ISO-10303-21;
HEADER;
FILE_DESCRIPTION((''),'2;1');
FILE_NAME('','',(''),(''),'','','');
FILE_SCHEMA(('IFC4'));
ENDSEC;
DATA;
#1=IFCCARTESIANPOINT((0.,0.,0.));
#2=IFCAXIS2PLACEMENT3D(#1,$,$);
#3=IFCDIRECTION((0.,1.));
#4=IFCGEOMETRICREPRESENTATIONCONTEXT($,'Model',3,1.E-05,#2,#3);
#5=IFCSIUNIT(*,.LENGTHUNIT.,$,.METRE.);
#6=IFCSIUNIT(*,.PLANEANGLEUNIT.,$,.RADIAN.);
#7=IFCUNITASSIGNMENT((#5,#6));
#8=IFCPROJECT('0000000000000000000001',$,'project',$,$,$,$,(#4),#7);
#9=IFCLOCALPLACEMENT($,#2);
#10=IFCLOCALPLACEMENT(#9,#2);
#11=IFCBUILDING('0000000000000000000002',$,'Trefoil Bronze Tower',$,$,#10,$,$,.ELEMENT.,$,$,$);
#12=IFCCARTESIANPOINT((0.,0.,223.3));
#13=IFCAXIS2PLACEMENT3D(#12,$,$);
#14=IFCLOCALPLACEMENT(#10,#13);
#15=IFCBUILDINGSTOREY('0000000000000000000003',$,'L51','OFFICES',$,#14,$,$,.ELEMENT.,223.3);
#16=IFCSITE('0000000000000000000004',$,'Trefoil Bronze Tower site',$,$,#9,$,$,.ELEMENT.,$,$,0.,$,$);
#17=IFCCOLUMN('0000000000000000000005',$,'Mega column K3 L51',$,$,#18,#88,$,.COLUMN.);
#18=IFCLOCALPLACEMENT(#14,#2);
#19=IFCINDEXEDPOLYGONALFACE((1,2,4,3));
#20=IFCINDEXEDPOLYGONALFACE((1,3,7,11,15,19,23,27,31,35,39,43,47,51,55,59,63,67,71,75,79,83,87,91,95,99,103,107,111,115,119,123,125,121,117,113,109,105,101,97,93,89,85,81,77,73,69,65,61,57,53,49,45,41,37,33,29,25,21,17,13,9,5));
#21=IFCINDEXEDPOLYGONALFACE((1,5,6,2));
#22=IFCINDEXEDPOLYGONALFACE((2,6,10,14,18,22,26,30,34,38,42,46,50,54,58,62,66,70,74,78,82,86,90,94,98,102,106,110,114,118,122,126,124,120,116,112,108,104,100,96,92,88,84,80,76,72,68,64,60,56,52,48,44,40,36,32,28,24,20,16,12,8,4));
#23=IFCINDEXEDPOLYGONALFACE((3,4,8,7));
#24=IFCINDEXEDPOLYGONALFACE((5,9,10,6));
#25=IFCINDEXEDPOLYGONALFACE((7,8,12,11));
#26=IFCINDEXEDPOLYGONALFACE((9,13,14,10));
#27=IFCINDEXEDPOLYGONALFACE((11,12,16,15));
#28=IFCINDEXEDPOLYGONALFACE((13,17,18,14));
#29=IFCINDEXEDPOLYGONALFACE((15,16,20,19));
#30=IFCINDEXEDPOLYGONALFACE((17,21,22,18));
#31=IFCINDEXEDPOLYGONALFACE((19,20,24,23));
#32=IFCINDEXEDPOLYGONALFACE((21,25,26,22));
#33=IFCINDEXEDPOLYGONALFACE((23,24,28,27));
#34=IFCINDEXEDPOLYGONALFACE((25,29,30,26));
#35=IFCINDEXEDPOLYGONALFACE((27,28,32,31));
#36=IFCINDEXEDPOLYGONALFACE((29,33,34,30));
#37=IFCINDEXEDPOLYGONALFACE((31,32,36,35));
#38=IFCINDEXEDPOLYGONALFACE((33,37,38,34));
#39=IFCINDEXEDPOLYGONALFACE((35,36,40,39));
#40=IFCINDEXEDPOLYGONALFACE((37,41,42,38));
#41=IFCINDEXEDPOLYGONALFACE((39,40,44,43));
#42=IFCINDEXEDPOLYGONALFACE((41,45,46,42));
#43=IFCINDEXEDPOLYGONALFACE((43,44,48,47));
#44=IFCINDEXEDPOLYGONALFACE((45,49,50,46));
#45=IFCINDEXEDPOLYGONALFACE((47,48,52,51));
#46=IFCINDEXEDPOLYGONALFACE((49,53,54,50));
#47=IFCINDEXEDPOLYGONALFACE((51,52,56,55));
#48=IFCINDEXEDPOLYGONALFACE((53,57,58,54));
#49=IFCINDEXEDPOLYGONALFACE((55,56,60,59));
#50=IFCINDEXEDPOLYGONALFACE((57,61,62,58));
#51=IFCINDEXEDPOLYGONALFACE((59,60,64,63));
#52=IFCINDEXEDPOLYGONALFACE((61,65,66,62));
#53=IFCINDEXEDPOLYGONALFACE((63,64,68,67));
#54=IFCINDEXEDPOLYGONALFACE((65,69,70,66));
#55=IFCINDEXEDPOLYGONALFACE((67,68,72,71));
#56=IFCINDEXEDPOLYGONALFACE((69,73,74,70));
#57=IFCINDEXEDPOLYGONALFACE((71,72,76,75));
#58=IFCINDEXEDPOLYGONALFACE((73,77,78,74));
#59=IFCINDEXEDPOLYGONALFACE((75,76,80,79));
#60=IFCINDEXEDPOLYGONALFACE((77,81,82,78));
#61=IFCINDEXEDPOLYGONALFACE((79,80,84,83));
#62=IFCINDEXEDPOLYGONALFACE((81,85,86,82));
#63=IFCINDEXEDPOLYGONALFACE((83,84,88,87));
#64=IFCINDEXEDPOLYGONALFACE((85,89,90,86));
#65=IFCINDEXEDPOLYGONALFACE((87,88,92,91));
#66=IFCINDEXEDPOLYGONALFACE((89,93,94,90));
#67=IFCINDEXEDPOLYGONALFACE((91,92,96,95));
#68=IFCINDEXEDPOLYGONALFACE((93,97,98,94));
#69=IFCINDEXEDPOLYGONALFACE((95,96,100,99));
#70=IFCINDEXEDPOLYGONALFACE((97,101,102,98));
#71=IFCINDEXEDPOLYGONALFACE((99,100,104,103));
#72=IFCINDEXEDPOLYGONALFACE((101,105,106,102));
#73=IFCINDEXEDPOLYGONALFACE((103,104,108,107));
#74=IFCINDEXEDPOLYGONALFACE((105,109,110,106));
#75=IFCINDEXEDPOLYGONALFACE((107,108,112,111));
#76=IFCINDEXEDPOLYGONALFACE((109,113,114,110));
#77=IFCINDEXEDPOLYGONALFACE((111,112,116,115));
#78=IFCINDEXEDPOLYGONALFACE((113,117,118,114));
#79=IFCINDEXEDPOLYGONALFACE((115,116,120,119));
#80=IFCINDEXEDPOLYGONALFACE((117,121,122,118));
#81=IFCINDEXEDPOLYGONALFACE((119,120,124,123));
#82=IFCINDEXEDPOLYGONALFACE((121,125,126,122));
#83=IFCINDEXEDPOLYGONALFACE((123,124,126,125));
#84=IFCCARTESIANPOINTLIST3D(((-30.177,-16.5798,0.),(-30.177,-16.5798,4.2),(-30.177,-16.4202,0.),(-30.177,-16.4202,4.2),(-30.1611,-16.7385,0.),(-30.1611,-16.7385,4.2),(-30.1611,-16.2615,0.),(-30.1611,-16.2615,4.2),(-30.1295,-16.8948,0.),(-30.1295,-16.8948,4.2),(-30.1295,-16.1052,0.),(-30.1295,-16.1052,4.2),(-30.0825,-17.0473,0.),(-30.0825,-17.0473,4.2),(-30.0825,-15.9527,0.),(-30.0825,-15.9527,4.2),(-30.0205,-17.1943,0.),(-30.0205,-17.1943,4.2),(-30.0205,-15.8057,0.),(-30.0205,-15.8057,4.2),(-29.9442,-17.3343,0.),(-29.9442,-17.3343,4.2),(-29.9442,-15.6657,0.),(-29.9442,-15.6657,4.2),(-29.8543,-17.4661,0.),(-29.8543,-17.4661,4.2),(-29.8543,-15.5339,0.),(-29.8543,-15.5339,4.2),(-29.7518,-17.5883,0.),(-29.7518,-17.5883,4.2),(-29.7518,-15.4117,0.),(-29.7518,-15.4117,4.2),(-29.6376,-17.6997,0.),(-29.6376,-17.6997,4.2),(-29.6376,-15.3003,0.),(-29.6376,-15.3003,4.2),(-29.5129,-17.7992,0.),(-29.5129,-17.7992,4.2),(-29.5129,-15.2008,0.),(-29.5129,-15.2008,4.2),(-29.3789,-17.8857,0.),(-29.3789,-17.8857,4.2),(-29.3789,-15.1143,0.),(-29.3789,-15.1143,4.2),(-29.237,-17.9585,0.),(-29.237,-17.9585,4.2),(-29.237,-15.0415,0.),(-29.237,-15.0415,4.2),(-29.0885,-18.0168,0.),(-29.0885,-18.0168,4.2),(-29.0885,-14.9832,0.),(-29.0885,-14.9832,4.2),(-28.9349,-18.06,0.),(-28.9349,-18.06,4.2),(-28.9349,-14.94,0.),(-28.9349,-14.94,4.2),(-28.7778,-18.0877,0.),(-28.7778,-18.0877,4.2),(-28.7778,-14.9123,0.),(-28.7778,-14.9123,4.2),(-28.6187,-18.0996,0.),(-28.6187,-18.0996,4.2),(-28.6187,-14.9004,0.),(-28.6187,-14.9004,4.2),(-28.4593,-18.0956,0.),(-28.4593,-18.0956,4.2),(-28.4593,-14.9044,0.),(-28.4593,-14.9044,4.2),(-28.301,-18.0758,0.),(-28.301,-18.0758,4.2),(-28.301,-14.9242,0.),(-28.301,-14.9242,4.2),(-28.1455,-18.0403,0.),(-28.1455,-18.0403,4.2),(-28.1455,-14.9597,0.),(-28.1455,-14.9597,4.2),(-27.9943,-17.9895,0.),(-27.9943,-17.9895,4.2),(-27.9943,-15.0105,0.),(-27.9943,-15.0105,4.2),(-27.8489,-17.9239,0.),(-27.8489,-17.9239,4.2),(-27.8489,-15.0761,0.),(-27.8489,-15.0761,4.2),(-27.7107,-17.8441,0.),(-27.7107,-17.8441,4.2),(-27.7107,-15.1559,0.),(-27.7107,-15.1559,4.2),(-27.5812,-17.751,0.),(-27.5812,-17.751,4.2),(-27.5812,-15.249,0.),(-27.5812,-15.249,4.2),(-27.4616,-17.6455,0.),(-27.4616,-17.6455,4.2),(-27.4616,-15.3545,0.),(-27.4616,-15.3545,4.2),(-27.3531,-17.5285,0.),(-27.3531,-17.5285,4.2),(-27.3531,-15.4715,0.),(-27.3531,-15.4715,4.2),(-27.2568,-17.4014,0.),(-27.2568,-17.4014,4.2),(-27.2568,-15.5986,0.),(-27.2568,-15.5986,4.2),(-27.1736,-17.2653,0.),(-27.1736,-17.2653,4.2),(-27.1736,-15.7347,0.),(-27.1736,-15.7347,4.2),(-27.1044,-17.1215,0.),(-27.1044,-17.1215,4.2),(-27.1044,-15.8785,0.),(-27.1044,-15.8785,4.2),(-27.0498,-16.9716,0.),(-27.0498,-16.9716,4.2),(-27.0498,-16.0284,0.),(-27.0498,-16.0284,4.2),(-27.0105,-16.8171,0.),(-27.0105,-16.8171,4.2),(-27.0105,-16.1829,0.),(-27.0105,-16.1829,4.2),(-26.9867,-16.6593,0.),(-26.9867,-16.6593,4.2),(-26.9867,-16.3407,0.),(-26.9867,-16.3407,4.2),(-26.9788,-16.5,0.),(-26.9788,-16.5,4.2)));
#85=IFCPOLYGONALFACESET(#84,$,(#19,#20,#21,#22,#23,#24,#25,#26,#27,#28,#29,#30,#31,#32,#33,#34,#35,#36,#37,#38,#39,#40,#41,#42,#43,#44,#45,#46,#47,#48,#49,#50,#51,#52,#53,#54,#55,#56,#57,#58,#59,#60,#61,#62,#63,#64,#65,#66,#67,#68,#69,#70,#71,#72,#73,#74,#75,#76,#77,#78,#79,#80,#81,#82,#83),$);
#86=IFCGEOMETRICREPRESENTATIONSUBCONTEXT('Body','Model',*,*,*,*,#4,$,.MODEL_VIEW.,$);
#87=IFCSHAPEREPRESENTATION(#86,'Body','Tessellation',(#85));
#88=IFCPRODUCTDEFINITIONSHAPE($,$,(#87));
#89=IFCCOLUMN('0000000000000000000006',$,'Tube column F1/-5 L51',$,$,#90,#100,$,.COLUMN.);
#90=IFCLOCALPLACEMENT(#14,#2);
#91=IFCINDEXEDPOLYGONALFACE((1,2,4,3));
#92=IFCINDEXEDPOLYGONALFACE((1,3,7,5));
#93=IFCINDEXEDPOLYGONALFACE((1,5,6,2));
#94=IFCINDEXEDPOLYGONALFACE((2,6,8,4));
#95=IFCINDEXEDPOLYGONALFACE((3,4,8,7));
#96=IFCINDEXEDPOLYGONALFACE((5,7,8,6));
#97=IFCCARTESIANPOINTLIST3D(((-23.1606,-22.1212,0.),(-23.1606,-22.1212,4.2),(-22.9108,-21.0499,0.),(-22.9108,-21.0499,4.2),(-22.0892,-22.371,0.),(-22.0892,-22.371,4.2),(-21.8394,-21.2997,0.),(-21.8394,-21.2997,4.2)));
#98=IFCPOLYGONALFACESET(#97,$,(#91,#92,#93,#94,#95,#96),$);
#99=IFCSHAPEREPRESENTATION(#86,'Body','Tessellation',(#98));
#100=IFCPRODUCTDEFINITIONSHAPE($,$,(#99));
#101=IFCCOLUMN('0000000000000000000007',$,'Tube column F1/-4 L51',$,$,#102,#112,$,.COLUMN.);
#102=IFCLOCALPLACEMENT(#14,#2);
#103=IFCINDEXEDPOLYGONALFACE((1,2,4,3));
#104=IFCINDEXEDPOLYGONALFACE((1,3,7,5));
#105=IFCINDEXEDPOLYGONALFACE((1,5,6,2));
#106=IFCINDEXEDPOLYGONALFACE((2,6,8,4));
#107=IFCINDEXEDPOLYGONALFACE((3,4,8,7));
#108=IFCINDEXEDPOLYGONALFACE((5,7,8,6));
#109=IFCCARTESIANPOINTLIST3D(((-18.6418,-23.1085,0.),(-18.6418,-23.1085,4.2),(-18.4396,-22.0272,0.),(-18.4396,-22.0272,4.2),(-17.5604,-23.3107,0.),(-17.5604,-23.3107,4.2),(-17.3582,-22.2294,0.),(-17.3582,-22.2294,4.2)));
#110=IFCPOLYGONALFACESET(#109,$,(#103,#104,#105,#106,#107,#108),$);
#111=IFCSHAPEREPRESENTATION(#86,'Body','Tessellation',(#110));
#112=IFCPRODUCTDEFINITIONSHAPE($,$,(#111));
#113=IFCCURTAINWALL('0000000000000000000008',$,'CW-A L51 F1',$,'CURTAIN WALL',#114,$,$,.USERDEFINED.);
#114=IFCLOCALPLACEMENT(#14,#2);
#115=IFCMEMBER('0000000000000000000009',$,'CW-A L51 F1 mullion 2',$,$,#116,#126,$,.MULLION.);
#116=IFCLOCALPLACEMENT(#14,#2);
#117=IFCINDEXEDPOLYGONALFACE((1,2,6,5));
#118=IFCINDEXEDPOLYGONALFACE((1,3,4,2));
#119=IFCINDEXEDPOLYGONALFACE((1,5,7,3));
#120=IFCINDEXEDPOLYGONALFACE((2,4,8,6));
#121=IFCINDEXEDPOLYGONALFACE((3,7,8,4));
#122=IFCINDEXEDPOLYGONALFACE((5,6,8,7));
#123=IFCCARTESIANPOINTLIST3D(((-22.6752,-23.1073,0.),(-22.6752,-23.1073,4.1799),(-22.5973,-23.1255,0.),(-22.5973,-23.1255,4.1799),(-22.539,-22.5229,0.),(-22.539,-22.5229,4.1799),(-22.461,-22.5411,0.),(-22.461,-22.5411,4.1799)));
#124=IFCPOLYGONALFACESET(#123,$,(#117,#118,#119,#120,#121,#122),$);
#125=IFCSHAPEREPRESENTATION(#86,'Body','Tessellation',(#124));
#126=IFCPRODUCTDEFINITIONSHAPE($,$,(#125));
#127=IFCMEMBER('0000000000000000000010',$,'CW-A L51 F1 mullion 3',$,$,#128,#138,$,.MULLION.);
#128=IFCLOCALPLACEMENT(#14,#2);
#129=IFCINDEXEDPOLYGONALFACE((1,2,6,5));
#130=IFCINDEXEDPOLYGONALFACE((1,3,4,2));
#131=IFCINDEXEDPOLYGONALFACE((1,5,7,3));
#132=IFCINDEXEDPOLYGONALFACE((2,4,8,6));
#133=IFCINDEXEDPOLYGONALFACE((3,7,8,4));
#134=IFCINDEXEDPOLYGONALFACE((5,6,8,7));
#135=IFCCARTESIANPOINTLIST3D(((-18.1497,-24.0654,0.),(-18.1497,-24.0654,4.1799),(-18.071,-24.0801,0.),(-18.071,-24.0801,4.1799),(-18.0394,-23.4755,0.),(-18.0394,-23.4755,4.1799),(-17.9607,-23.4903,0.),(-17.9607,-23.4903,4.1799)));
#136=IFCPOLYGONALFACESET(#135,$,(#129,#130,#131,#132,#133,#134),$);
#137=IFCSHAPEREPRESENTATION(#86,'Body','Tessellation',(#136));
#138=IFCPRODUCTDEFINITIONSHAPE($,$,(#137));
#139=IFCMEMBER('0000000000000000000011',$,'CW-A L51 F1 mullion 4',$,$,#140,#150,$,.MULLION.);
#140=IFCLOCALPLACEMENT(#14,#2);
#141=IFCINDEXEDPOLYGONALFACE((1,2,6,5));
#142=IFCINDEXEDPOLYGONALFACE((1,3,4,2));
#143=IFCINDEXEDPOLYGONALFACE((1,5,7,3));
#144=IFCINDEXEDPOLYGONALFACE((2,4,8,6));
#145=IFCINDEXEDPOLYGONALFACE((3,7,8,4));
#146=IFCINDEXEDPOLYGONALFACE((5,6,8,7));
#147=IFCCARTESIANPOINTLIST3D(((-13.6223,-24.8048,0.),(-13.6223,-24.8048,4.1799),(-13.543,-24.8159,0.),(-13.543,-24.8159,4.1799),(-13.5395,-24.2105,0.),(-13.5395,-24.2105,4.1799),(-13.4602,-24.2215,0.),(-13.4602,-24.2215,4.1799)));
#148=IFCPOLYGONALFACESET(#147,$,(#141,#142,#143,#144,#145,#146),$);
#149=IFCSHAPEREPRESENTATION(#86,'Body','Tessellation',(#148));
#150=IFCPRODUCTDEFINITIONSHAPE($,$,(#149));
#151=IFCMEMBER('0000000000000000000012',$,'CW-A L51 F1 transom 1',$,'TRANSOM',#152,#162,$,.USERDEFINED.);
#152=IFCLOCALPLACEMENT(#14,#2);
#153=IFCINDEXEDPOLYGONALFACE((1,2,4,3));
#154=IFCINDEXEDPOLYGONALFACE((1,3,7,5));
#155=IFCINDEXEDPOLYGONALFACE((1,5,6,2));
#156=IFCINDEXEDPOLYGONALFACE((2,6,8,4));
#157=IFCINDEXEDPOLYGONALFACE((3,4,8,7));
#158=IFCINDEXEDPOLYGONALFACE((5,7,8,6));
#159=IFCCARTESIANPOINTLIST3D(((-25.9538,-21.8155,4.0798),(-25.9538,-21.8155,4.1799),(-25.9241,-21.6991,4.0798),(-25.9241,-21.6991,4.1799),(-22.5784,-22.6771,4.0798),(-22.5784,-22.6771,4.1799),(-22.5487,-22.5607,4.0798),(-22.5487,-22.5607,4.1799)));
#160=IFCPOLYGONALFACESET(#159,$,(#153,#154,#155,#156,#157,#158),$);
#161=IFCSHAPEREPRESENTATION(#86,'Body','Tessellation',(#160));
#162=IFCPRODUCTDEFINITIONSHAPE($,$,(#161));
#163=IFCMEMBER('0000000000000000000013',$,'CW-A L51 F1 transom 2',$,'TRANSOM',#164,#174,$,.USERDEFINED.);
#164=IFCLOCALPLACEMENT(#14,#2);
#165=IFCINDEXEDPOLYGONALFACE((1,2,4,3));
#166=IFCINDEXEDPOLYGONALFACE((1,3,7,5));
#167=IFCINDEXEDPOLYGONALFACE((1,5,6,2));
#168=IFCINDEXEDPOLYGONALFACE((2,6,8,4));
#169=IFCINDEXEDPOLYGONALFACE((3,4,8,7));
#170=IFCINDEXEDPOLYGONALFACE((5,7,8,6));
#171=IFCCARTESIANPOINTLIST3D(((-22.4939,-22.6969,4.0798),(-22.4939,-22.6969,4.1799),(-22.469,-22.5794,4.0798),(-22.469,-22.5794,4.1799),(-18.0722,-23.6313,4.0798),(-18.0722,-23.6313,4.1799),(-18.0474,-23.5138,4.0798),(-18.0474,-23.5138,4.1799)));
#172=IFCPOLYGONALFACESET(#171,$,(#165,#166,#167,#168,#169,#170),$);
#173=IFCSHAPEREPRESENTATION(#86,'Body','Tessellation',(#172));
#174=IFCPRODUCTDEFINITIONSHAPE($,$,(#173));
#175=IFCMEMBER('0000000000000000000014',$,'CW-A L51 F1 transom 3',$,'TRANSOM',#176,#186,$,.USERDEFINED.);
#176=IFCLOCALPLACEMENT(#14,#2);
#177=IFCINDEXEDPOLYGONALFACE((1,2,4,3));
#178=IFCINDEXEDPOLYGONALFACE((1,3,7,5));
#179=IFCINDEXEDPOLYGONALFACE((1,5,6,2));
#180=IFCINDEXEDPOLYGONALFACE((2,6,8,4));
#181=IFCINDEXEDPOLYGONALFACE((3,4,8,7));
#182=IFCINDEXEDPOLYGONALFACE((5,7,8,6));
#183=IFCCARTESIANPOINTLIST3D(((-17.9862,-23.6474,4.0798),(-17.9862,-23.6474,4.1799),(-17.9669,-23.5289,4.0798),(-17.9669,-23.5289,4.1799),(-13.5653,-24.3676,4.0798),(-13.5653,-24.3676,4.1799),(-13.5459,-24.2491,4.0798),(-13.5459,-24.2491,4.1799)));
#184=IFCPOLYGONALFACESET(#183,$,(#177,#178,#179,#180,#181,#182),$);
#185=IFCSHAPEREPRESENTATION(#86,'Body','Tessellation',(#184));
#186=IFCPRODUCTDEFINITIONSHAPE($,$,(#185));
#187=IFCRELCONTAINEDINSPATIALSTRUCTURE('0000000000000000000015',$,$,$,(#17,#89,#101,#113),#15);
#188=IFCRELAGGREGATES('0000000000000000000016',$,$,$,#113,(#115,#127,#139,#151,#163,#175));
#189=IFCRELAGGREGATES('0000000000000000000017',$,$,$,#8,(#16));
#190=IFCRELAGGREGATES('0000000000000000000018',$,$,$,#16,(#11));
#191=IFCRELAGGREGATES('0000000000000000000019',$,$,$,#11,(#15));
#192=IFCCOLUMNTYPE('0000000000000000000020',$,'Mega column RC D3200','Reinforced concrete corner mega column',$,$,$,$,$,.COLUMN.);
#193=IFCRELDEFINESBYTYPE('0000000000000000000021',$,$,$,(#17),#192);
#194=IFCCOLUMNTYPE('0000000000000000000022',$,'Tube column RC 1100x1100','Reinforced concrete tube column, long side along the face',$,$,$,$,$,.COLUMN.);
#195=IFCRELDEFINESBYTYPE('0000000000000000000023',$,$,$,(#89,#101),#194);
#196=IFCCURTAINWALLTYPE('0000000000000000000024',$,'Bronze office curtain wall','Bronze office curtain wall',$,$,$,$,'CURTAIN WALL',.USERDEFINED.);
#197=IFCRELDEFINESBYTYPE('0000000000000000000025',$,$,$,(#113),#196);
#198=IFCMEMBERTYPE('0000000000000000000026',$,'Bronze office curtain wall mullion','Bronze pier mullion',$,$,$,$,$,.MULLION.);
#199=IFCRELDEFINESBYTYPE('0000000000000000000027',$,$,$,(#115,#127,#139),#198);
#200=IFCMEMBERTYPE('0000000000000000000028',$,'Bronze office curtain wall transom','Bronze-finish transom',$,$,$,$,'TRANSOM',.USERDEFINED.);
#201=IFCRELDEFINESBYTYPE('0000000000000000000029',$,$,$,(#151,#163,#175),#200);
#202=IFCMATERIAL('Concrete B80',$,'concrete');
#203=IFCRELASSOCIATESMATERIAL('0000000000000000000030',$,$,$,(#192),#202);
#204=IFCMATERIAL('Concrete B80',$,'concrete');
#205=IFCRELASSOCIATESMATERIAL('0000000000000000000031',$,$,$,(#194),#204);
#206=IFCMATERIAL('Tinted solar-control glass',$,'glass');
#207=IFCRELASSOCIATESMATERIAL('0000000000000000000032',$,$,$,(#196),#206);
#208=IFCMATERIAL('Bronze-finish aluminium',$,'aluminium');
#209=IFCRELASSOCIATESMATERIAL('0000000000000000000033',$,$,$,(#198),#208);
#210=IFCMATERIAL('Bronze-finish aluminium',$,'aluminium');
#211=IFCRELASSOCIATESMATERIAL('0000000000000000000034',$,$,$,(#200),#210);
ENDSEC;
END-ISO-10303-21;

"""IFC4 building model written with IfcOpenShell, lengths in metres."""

from ifc_helpers import new_model, si_unit, direction, frame, origin, origin_2d, place, context, subcontext, project, spatial, rectangle, circle, extrude, material, material_profile, profile_set, type_object, element, aggregate, save


model = new_model("IFC4")

# Units and contexts
model_context = context("Model", 3, precision=1e-05, world=origin(), true_north=direction((0.0, 1.0)))
body_context = subcontext(model_context, "Body", "Model", "MODEL_VIEW")
ifc_project = project(units=[si_unit("LENGTHUNIT", "METRE"), si_unit("PLANEANGLEUNIT", "RADIAN")], contexts=[model_context])

# Site, building, storey
site_placement = place(None, origin())
site = spatial("IfcSite", under=ifc_project, at=site_placement, Name="Trefoil Bronze Tower site", CompositionType="ELEMENT", RefElevation=0.0)
building_placement = place(site_placement, origin())
building = spatial("IfcBuilding", under=site, at=building_placement, Name="Trefoil Bronze Tower", CompositionType="ELEMENT")
storey_placement = place(building_placement, frame((0.0, 0.0, 223.3)))
storey = spatial("IfcBuildingStorey", under=building, at=storey_placement, Name="L51", Description="OFFICES", CompositionType="ELEMENT", Elevation=223.3)

# Columns
ifc_material_1 = material(Name="Concrete B80", Category="concrete")
ifc_material_profile_1 = material_profile(ifc_material_1, circle(Radius=1.6001, at=origin_2d()), Name="RC D3200")
ifc_profile_set_1 = profile_set([ifc_material_profile_1], Name="Concrete B80")
column_type_1 = type_object("IfcColumnType", Name="Mega column RC D3200", Description="Reinforced concrete corner mega column", PredefinedType="COLUMN", material=ifc_profile_set_1)
column_placement = place(storey_placement, frame((-28.5789, -16.5, 0.0), z_axis=(0.0, 0.0, 1.0), x_axis=(1.0, 0.0, 0.0)))
element("IfcColumn", 1, at=column_placement, inside=storey, type_object=column_type_1, Name="Mega column K3 L51", PredefinedType="COLUMN", context=body_context, shape_type="SweptSolid", body=[
    extrude(circle(Radius=1.6001, at=origin_2d()), origin(), (0.0, 0.0, 1.0), 4.2),
])
ifc_material_2 = material(Name="Concrete B80", Category="concrete")
ifc_material_profile_2 = material_profile(ifc_material_2, rectangle(XDim=1.1001, YDim=1.1001, at=origin_2d()), Name="RC 1100x1100")
ifc_profile_set_2 = profile_set([ifc_material_profile_2], Name="Concrete B80")
column_type_2 = type_object("IfcColumnType", Name="Tube column RC 1100x1100", Description="Reinforced concrete tube column, long side along the face", PredefinedType="COLUMN", material=ifc_profile_set_2)
for number, where, z_axis, x_axis, name in (
    (2, (-22.5, -21.7104, 0.0), (0.0, 0.0, 1.0), (0.973875, -0.227083, 0.0), "Tube column F1/-5 L51"),
    (3, (-18.0, -22.6689, 0.0), (0.0, 0.0, 1.0), (0.982959, -0.183825, 0.0), "Tube column F1/-4 L51"),
):
    element("IfcColumn", number, at=place(storey_placement, frame(where, z_axis=z_axis, x_axis=x_axis)), inside=storey, type_object=column_type_2, Name=name, PredefinedType="COLUMN", context=body_context, shape_type="SweptSolid", body=[
        extrude(rectangle(XDim=1.1001, YDim=1.1001, at=origin_2d()), origin(), (0.0, 0.0, 1.0), 4.2),
    ])

# Curtain wall, members
ifc_material_3 = material(Name="Tinted solar-control glass", Category="glass")
curtain_wall_type_1 = type_object("IfcCurtainWallType", Name="Bronze office curtain wall", Description="Bronze office curtain wall", ElementType="CURTAIN WALL", PredefinedType="USERDEFINED", material=ifc_material_3)
curtain_wall_1_placement = place(storey_placement, origin())
curtain_wall_1 = element("IfcCurtainWall", 4, at=curtain_wall_1_placement, inside=storey, type_object=curtain_wall_type_1, Name="CW-A L51 F1", ObjectType="CURTAIN WALL", PredefinedType="USERDEFINED")
ifc_material_4 = material(Name="Bronze-finish aluminium", Category="aluminium")
ifc_material_profile_3 = material_profile(ifc_material_4, rectangle(XDim=0.6001, YDim=0.0801, at=origin_2d()), Name="CW-A mullion")
ifc_profile_set_3 = profile_set([ifc_material_profile_3], Name="Bronze-finish aluminium")
member_type_1 = type_object("IfcMemberType", Name="Bronze office curtain wall mullion", Description="Bronze pier mullion", PredefinedType="MULLION", material=ifc_profile_set_3)
member_1_placement = place(storey_placement, frame((-22.5681, -22.8242, 0.0), z_axis=(0.0, 0.0, 1.0), x_axis=(0.227083, 0.973875, 0.0)))
member_1 = element("IfcMember", 5, at=member_1_placement, type_object=member_type_1, Name="CW-A L51 F1 mullion 2", PredefinedType="MULLION", context=body_context, shape_type="SweptSolid", body=[
    extrude(rectangle(XDim=0.6001, YDim=0.0801, at=origin_2d()), origin(), (0.0, 0.0, 1.0), 4.1799),
])
member_2_placement = place(storey_placement, frame((-18.0552, -23.7778, 0.0), z_axis=(0.0, 0.0, 1.0), x_axis=(0.183825, 0.982959, 0.0)))
member_2 = element("IfcMember", 6, at=member_2_placement, type_object=member_type_1, Name="CW-A L51 F1 mullion 3", PredefinedType="MULLION", context=body_context, shape_type="SweptSolid", body=[
    extrude(rectangle(XDim=0.6001, YDim=0.0801, at=origin_2d()), origin(), (0.0, 0.0, 1.0), 4.1799),
])
member_3_placement = place(storey_placement, frame((-13.5413, -24.5132, 0.0), z_axis=(0.0, 0.0, 1.0), x_axis=(0.137868, 0.990451, 0.0)))
member_3 = element("IfcMember", 7, at=member_3_placement, type_object=member_type_1, Name="CW-A L51 F1 mullion 4", PredefinedType="MULLION", context=body_context, shape_type="SweptSolid", body=[
    extrude(rectangle(XDim=0.6001, YDim=0.0801, at=origin_2d()), origin(), (0.0, 0.0, 1.0), 4.1799),
])
ifc_material_5 = material(Name="Bronze-finish aluminium", Category="aluminium")
ifc_material_profile_4 = material_profile(ifc_material_5, rectangle(XDim=0.1201, YDim=0.1001, at=origin_2d()), Name="CW-A transom")
ifc_profile_set_4 = profile_set([ifc_material_profile_4], Name="Bronze-finish aluminium")
member_type_2 = type_object("IfcMemberType", Name="Bronze office curtain wall transom", Description="Bronze-finish transom", ElementType="TRANSOM", PredefinedType="USERDEFINED", material=ifc_profile_set_4)
member_4_placement = place(storey_placement, frame((-25.939, -21.7573, 4.1299), z_axis=(0.968935, -0.247315, 0.0), x_axis=(0.247315, 0.968935, 0.0)))
member_4 = element("IfcMember", 8, at=member_4_placement, type_object=member_type_2, Name="CW-A L51 F1 transom 1", ObjectType="TRANSOM", PredefinedType="USERDEFINED", context=body_context, shape_type="SweptSolid", body=[
    extrude(rectangle(XDim=0.1201, YDim=0.1001, at=origin_2d()), origin(), (0.0, 0.0, 1.0), 3.4836),
])
member_5_placement = place(storey_placement, frame((-22.4814, -22.6382, 4.1299), z_axis=(0.978395, -0.206743, 0.0), x_axis=(0.206743, 0.978395, 0.0)))
member_5 = element("IfcMember", 9, at=member_5_placement, type_object=member_type_2, Name="CW-A L51 F1 transom 2", ObjectType="TRANSOM", PredefinedType="USERDEFINED", context=body_context, shape_type="SweptSolid", body=[
    extrude(rectangle(XDim=0.1201, YDim=0.1001, at=origin_2d()), origin(), (0.0, 0.0, 1.0), 4.5193),
])
member_6_placement = place(storey_placement, frame((-17.9766, -23.5881, 4.1299), z_axis=(0.986988, -0.160792, 0.0), x_axis=(0.160792, 0.986988, 0.0)))
member_6 = element("IfcMember", 10, at=member_6_placement, type_object=member_type_2, Name="CW-A L51 F1 transom 3", ObjectType="TRANSOM", PredefinedType="USERDEFINED", context=body_context, shape_type="SweptSolid", body=[
    extrude(rectangle(XDim=0.1201, YDim=0.1001, at=origin_2d()), origin(), (0.0, 0.0, 1.0), 4.4792),
])

aggregate(curtain_wall_1, [member_1, member_2, member_3, member_4, member_5, member_6])

save(model, "model.ifc")
